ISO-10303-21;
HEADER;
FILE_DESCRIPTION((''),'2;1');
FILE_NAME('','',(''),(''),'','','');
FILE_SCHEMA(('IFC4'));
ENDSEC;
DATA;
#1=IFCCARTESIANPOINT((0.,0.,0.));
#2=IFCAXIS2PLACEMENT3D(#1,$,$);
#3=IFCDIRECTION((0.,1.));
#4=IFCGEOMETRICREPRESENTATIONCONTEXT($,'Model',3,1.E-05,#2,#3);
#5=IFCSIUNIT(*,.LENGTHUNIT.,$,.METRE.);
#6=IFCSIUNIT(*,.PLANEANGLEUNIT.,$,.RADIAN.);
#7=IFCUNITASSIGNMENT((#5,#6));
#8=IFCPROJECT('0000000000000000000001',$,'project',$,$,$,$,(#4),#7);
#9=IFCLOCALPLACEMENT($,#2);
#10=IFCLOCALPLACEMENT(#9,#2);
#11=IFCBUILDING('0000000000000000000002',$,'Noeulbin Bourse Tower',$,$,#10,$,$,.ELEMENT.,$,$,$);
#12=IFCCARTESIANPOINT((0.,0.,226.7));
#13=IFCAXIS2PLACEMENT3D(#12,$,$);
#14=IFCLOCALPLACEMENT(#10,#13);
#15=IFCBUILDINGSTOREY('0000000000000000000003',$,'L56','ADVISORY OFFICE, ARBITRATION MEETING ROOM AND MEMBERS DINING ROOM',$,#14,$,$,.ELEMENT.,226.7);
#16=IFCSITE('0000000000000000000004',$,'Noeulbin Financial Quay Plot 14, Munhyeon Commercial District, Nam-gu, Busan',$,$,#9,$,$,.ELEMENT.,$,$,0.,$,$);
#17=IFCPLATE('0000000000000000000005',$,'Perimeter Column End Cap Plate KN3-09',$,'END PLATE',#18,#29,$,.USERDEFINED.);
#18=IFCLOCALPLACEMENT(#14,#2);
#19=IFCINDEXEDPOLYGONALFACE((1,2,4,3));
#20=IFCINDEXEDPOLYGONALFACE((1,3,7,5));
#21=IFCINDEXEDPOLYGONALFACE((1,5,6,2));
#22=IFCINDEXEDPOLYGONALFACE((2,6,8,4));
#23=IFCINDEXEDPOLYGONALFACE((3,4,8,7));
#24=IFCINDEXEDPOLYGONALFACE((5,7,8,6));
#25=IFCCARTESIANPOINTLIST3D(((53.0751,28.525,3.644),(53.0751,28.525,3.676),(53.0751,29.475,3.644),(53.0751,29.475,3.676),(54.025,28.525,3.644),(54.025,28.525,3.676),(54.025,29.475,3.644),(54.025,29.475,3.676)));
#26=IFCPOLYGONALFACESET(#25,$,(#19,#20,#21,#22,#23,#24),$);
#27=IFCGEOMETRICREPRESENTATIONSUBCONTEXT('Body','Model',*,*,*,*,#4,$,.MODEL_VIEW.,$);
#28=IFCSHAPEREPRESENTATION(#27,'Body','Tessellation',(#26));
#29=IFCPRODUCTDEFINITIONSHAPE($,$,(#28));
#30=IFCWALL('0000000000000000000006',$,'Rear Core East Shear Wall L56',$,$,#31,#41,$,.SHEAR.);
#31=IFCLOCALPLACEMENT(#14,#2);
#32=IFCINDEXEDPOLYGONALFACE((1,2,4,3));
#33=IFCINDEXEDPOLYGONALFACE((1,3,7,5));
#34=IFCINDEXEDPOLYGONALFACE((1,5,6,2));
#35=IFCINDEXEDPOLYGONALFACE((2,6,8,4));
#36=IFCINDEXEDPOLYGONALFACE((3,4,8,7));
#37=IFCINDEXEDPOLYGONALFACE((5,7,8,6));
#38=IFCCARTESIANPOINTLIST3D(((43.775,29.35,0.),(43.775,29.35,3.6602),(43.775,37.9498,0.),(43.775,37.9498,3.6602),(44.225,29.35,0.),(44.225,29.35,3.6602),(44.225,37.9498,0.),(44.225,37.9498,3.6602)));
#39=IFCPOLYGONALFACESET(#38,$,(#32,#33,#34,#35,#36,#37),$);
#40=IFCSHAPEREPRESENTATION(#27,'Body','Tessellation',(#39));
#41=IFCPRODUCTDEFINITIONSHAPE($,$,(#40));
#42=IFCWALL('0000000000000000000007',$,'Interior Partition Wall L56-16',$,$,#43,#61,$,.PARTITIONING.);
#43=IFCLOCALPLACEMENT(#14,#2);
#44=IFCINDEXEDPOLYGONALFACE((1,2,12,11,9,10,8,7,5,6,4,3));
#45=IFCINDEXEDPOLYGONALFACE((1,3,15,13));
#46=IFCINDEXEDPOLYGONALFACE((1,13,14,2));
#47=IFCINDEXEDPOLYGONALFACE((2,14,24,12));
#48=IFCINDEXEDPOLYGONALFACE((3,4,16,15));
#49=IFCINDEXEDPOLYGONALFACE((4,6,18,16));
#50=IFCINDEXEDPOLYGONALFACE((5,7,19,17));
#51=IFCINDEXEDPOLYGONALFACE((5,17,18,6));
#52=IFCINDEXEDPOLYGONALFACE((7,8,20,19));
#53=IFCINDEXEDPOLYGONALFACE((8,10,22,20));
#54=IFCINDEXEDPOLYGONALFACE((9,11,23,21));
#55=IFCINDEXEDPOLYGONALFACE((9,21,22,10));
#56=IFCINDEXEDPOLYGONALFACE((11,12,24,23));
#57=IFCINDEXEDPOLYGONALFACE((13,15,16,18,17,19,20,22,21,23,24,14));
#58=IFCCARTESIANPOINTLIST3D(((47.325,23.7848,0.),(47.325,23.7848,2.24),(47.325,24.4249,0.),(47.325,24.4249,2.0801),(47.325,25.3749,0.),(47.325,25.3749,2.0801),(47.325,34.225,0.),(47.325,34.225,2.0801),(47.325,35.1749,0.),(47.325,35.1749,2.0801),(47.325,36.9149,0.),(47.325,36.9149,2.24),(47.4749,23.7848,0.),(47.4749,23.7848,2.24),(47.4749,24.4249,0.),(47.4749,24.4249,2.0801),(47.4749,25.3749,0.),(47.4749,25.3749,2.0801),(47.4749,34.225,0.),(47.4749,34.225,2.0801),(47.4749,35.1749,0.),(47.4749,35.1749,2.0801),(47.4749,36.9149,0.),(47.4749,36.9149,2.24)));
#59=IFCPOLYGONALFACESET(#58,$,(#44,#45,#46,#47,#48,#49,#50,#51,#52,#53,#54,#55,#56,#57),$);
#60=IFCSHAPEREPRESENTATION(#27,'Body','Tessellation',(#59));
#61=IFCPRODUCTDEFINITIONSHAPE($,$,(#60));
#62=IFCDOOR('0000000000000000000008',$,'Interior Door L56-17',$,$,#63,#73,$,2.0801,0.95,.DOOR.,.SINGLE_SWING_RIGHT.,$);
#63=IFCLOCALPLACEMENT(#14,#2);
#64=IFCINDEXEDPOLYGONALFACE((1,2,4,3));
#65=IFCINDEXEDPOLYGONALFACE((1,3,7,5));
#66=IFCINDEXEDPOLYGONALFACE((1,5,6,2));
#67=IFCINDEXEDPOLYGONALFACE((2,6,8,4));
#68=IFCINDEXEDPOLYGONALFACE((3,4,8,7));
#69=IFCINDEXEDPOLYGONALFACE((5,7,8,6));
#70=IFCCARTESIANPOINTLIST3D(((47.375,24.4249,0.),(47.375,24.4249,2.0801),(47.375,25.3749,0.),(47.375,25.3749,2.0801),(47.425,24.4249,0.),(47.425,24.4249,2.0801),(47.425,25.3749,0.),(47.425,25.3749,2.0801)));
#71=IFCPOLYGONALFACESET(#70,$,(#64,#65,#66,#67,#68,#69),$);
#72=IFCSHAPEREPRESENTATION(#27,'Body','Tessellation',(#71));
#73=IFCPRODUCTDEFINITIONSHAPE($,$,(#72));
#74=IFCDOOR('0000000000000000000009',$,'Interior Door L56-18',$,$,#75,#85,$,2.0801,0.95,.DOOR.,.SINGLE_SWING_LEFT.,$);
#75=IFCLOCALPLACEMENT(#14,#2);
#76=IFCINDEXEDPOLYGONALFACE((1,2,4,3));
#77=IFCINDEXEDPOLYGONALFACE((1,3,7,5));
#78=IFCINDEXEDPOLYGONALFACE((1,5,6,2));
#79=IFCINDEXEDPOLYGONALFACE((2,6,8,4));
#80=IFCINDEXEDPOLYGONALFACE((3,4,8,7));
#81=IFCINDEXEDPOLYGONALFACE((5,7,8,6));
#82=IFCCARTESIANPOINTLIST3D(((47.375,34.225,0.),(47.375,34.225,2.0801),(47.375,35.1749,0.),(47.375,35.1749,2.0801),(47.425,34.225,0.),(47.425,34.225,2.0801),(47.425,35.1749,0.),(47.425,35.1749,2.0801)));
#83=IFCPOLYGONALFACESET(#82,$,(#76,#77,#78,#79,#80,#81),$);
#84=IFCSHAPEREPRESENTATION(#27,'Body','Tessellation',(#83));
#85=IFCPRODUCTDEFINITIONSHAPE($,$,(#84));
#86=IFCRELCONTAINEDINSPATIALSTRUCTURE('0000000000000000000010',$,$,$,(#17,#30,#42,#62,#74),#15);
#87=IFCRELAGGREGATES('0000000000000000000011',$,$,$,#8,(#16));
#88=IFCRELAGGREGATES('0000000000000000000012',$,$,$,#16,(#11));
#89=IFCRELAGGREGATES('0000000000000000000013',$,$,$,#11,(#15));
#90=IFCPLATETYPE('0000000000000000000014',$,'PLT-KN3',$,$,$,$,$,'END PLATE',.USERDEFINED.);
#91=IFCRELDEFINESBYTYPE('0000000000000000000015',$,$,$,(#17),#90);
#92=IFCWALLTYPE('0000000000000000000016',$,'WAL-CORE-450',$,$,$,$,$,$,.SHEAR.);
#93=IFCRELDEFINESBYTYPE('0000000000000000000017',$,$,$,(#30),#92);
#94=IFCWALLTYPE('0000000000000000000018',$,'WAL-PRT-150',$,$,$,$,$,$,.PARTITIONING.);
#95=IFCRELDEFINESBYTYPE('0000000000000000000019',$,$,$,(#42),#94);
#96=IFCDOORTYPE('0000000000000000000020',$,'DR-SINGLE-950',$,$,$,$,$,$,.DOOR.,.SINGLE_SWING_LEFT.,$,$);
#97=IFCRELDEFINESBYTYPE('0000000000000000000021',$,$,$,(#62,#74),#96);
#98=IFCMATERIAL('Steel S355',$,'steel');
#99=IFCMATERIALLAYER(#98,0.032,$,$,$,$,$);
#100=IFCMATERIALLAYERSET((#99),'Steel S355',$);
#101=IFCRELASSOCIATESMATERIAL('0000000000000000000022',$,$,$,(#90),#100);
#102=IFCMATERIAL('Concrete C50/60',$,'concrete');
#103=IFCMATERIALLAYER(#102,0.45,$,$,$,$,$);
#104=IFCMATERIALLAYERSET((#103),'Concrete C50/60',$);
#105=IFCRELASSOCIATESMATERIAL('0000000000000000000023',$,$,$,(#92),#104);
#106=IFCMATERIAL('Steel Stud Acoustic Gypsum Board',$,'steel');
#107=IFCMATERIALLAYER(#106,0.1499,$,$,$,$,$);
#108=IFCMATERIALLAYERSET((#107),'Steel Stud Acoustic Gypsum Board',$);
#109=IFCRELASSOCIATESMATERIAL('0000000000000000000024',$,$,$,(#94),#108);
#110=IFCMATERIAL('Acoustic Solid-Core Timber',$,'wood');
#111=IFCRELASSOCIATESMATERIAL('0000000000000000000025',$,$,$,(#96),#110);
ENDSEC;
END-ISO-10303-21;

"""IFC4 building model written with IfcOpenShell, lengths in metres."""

from ifc_helpers import new_model, si_unit, direction, frame, frame_2d, origin, origin_2d, place, context, subcontext, project, spatial, rectangle, extrude, material, layer, layer_set, type_object, element, fill, save


model = new_model("IFC4")

# Units and contexts
model_context = context("Model", 3, precision=1e-05, world=origin(), true_north=direction((0.0, 1.0)))
body_context = subcontext(model_context, "Body", "Model", "MODEL_VIEW")
ifc_project = project(units=[si_unit("LENGTHUNIT", "METRE"), si_unit("PLANEANGLEUNIT", "RADIAN")], contexts=[model_context])

# Site, building, storey
site_placement = place(None, origin())
site = spatial("IfcSite", under=ifc_project, at=site_placement, Name="Noeulbin Financial Quay Plot 14, Munhyeon Commercial District, Nam-gu, Busan", CompositionType="ELEMENT", RefElevation=0.0)
building_placement = place(site_placement, origin())
building = spatial("IfcBuilding", under=site, at=building_placement, Name="Noeulbin Bourse Tower", CompositionType="ELEMENT")
storey_placement = place(building_placement, frame((0.0, 0.0, 226.7)))
storey = spatial("IfcBuildingStorey", under=building, at=storey_placement, Name="L56", Description="ADVISORY OFFICE, ARBITRATION MEETING ROOM AND MEMBERS DINING ROOM", CompositionType="ELEMENT", Elevation=226.7)

# Shared definitions
ifc_material_1 = material(Name="Steel S355", Category="steel")

# Plate
ifc_layer_1 = layer(ifc_material_1, 0.032)
ifc_layer_set_1 = layer_set([ifc_layer_1], Name="Steel S355")
plate_type_1 = type_object("IfcPlateType", Name="PLT-KN3", ElementType="END PLATE", PredefinedType="USERDEFINED", material=ifc_layer_set_1)
plate_1_placement = place(storey_placement, frame((53.55, 29.0, 3.644), z_axis=(0.0, 0.0, 1.0), x_axis=(1.0, 0.0, 0.0)))
element("IfcPlate", 1, at=plate_1_placement, inside=storey, type_object=plate_type_1, Name="Perimeter Column End Cap Plate KN3-09", ObjectType="END PLATE", PredefinedType="USERDEFINED", context=body_context, shape_type="SweptSolid", body=[
    extrude(rectangle(XDim=0.95, YDim=0.95, at=origin_2d()), origin(), (0.0, 0.0, 1.0), 0.032),
])

# Wall
ifc_material_2 = material(Name="Concrete C50/60", Category="concrete")
ifc_layer_2 = layer(ifc_material_2, 0.45)
ifc_layer_set_2 = layer_set([ifc_layer_2], Name="Concrete C50/60")
wall_type_1 = type_object("IfcWallType", Name="WAL-CORE-450", PredefinedType="SHEAR", material=ifc_layer_set_2)
wall_1_placement = place(storey_placement, frame((44.0, 29.3501, 0.0), z_axis=(0.0, 0.0, 1.0), x_axis=(0.0, 1.0, 0.0)))
element("IfcWall", 2, at=wall_1_placement, inside=storey, type_object=wall_type_1, Name="Rear Core East Shear Wall L56", PredefinedType="SHEAR", context=body_context, shape_type="SweptSolid", body=[
    extrude(rectangle(XDim=8.5999, YDim=0.45, at=frame_2d((4.2998, 0.0))), origin(), (0.0, 0.0, 1.0), 3.6602),
])

# Wall, openings, doors
ifc_material_3 = material(Name="Steel Stud Acoustic Gypsum Board", Category="steel")
ifc_layer_3 = layer(ifc_material_3, 0.1499)
ifc_layer_set_3 = layer_set([ifc_layer_3], Name="Steel Stud Acoustic Gypsum Board")
wall_type_2 = type_object("IfcWallType", Name="WAL-PRT-150", PredefinedType="PARTITIONING", material=ifc_layer_set_3)
wall_2_placement = place(storey_placement, frame((47.3999, 23.7849, 0.0), z_axis=(0.0, 0.0, 1.0), x_axis=(0.0, 1.0, 0.0)))
wall_2 = element("IfcWall", 3, at=wall_2_placement, inside=storey, type_object=wall_type_2, Name="Interior Partition Wall L56-16", PredefinedType="PARTITIONING", context=body_context, shape_type="SweptSolid", body=[
    extrude(rectangle(XDim=13.1301, YDim=0.1499, at=frame_2d((6.5649, 0.0))), origin(), (0.0, 0.0, 1.0), 2.24),
])
opening_1_placement = place(wall_2_placement, frame((0.6399, 0.0, 0.0)))
opening_1 = element("IfcOpeningElement", 4, at=opening_1_placement, cuts=wall_2, PredefinedType="OPENING", context=body_context, shape_type="SweptSolid", body=[
    extrude(rectangle(XDim=0.95, YDim=2.0801, at=frame_2d((0.4751, 1.04))), frame((0.0, 0.085, 0.0), z_axis=(0.0, -1.0, 0.0), x_axis=(1.0, 0.0, 0.0)), (0.0, 0.0, 1.0), 0.1699),
])
opening_2_placement = place(wall_2_placement, frame((10.4399, 0.0, 0.0)))
opening_2 = element("IfcOpeningElement", 5, at=opening_2_placement, cuts=wall_2, PredefinedType="OPENING", context=body_context, shape_type="SweptSolid", body=[
    extrude(rectangle(XDim=0.95, YDim=2.0801, at=frame_2d((0.4751, 1.04))), frame((0.0, 0.085, 0.0), z_axis=(0.0, -1.0, 0.0), x_axis=(1.0, 0.0, 0.0)), (0.0, 0.0, 1.0), 0.1699),
])
ifc_material_4 = material(Name="Acoustic Solid-Core Timber", Category="wood")
door_type = type_object("IfcDoorType", Name="DR-SINGLE-950", OperationType="SINGLE_SWING_LEFT", PredefinedType="DOOR", material=ifc_material_4)
door_1_placement = place(opening_1_placement, origin())
door_1 = element("IfcDoor", 6, at=door_1_placement, inside=storey, type_object=door_type, Name="Interior Door L56-17", OperationType="SINGLE_SWING_RIGHT", OverallHeight=2.0801, OverallWidth=0.95, PredefinedType="DOOR", context=body_context, shape_type="SweptSolid", body=[
    extrude(rectangle(XDim=0.95, YDim=2.0801, at=frame_2d((0.4751, 1.04))), frame((0.0, 0.0249, 0.0), z_axis=(0.0, -1.0, 0.0), x_axis=(1.0, 0.0, 0.0)), (0.0, 0.0, 1.0), 0.05),
])
fill(opening_1, door_1)
door_2_placement = place(opening_2_placement, origin())
door_2 = element("IfcDoor", 7, at=door_2_placement, inside=storey, type_object=door_type, Name="Interior Door L56-18", OperationType="SINGLE_SWING_LEFT", OverallHeight=2.0801, OverallWidth=0.95, PredefinedType="DOOR", context=body_context, shape_type="SweptSolid", body=[
    extrude(rectangle(XDim=0.95, YDim=2.0801, at=frame_2d((0.4751, 1.04))), frame((0.0, 0.0249, 0.0), z_axis=(0.0, -1.0, 0.0), x_axis=(1.0, 0.0, 0.0)), (0.0, 0.0, 1.0), 0.05),
])
fill(opening_2, door_2)

save(model, "model.ifc")
